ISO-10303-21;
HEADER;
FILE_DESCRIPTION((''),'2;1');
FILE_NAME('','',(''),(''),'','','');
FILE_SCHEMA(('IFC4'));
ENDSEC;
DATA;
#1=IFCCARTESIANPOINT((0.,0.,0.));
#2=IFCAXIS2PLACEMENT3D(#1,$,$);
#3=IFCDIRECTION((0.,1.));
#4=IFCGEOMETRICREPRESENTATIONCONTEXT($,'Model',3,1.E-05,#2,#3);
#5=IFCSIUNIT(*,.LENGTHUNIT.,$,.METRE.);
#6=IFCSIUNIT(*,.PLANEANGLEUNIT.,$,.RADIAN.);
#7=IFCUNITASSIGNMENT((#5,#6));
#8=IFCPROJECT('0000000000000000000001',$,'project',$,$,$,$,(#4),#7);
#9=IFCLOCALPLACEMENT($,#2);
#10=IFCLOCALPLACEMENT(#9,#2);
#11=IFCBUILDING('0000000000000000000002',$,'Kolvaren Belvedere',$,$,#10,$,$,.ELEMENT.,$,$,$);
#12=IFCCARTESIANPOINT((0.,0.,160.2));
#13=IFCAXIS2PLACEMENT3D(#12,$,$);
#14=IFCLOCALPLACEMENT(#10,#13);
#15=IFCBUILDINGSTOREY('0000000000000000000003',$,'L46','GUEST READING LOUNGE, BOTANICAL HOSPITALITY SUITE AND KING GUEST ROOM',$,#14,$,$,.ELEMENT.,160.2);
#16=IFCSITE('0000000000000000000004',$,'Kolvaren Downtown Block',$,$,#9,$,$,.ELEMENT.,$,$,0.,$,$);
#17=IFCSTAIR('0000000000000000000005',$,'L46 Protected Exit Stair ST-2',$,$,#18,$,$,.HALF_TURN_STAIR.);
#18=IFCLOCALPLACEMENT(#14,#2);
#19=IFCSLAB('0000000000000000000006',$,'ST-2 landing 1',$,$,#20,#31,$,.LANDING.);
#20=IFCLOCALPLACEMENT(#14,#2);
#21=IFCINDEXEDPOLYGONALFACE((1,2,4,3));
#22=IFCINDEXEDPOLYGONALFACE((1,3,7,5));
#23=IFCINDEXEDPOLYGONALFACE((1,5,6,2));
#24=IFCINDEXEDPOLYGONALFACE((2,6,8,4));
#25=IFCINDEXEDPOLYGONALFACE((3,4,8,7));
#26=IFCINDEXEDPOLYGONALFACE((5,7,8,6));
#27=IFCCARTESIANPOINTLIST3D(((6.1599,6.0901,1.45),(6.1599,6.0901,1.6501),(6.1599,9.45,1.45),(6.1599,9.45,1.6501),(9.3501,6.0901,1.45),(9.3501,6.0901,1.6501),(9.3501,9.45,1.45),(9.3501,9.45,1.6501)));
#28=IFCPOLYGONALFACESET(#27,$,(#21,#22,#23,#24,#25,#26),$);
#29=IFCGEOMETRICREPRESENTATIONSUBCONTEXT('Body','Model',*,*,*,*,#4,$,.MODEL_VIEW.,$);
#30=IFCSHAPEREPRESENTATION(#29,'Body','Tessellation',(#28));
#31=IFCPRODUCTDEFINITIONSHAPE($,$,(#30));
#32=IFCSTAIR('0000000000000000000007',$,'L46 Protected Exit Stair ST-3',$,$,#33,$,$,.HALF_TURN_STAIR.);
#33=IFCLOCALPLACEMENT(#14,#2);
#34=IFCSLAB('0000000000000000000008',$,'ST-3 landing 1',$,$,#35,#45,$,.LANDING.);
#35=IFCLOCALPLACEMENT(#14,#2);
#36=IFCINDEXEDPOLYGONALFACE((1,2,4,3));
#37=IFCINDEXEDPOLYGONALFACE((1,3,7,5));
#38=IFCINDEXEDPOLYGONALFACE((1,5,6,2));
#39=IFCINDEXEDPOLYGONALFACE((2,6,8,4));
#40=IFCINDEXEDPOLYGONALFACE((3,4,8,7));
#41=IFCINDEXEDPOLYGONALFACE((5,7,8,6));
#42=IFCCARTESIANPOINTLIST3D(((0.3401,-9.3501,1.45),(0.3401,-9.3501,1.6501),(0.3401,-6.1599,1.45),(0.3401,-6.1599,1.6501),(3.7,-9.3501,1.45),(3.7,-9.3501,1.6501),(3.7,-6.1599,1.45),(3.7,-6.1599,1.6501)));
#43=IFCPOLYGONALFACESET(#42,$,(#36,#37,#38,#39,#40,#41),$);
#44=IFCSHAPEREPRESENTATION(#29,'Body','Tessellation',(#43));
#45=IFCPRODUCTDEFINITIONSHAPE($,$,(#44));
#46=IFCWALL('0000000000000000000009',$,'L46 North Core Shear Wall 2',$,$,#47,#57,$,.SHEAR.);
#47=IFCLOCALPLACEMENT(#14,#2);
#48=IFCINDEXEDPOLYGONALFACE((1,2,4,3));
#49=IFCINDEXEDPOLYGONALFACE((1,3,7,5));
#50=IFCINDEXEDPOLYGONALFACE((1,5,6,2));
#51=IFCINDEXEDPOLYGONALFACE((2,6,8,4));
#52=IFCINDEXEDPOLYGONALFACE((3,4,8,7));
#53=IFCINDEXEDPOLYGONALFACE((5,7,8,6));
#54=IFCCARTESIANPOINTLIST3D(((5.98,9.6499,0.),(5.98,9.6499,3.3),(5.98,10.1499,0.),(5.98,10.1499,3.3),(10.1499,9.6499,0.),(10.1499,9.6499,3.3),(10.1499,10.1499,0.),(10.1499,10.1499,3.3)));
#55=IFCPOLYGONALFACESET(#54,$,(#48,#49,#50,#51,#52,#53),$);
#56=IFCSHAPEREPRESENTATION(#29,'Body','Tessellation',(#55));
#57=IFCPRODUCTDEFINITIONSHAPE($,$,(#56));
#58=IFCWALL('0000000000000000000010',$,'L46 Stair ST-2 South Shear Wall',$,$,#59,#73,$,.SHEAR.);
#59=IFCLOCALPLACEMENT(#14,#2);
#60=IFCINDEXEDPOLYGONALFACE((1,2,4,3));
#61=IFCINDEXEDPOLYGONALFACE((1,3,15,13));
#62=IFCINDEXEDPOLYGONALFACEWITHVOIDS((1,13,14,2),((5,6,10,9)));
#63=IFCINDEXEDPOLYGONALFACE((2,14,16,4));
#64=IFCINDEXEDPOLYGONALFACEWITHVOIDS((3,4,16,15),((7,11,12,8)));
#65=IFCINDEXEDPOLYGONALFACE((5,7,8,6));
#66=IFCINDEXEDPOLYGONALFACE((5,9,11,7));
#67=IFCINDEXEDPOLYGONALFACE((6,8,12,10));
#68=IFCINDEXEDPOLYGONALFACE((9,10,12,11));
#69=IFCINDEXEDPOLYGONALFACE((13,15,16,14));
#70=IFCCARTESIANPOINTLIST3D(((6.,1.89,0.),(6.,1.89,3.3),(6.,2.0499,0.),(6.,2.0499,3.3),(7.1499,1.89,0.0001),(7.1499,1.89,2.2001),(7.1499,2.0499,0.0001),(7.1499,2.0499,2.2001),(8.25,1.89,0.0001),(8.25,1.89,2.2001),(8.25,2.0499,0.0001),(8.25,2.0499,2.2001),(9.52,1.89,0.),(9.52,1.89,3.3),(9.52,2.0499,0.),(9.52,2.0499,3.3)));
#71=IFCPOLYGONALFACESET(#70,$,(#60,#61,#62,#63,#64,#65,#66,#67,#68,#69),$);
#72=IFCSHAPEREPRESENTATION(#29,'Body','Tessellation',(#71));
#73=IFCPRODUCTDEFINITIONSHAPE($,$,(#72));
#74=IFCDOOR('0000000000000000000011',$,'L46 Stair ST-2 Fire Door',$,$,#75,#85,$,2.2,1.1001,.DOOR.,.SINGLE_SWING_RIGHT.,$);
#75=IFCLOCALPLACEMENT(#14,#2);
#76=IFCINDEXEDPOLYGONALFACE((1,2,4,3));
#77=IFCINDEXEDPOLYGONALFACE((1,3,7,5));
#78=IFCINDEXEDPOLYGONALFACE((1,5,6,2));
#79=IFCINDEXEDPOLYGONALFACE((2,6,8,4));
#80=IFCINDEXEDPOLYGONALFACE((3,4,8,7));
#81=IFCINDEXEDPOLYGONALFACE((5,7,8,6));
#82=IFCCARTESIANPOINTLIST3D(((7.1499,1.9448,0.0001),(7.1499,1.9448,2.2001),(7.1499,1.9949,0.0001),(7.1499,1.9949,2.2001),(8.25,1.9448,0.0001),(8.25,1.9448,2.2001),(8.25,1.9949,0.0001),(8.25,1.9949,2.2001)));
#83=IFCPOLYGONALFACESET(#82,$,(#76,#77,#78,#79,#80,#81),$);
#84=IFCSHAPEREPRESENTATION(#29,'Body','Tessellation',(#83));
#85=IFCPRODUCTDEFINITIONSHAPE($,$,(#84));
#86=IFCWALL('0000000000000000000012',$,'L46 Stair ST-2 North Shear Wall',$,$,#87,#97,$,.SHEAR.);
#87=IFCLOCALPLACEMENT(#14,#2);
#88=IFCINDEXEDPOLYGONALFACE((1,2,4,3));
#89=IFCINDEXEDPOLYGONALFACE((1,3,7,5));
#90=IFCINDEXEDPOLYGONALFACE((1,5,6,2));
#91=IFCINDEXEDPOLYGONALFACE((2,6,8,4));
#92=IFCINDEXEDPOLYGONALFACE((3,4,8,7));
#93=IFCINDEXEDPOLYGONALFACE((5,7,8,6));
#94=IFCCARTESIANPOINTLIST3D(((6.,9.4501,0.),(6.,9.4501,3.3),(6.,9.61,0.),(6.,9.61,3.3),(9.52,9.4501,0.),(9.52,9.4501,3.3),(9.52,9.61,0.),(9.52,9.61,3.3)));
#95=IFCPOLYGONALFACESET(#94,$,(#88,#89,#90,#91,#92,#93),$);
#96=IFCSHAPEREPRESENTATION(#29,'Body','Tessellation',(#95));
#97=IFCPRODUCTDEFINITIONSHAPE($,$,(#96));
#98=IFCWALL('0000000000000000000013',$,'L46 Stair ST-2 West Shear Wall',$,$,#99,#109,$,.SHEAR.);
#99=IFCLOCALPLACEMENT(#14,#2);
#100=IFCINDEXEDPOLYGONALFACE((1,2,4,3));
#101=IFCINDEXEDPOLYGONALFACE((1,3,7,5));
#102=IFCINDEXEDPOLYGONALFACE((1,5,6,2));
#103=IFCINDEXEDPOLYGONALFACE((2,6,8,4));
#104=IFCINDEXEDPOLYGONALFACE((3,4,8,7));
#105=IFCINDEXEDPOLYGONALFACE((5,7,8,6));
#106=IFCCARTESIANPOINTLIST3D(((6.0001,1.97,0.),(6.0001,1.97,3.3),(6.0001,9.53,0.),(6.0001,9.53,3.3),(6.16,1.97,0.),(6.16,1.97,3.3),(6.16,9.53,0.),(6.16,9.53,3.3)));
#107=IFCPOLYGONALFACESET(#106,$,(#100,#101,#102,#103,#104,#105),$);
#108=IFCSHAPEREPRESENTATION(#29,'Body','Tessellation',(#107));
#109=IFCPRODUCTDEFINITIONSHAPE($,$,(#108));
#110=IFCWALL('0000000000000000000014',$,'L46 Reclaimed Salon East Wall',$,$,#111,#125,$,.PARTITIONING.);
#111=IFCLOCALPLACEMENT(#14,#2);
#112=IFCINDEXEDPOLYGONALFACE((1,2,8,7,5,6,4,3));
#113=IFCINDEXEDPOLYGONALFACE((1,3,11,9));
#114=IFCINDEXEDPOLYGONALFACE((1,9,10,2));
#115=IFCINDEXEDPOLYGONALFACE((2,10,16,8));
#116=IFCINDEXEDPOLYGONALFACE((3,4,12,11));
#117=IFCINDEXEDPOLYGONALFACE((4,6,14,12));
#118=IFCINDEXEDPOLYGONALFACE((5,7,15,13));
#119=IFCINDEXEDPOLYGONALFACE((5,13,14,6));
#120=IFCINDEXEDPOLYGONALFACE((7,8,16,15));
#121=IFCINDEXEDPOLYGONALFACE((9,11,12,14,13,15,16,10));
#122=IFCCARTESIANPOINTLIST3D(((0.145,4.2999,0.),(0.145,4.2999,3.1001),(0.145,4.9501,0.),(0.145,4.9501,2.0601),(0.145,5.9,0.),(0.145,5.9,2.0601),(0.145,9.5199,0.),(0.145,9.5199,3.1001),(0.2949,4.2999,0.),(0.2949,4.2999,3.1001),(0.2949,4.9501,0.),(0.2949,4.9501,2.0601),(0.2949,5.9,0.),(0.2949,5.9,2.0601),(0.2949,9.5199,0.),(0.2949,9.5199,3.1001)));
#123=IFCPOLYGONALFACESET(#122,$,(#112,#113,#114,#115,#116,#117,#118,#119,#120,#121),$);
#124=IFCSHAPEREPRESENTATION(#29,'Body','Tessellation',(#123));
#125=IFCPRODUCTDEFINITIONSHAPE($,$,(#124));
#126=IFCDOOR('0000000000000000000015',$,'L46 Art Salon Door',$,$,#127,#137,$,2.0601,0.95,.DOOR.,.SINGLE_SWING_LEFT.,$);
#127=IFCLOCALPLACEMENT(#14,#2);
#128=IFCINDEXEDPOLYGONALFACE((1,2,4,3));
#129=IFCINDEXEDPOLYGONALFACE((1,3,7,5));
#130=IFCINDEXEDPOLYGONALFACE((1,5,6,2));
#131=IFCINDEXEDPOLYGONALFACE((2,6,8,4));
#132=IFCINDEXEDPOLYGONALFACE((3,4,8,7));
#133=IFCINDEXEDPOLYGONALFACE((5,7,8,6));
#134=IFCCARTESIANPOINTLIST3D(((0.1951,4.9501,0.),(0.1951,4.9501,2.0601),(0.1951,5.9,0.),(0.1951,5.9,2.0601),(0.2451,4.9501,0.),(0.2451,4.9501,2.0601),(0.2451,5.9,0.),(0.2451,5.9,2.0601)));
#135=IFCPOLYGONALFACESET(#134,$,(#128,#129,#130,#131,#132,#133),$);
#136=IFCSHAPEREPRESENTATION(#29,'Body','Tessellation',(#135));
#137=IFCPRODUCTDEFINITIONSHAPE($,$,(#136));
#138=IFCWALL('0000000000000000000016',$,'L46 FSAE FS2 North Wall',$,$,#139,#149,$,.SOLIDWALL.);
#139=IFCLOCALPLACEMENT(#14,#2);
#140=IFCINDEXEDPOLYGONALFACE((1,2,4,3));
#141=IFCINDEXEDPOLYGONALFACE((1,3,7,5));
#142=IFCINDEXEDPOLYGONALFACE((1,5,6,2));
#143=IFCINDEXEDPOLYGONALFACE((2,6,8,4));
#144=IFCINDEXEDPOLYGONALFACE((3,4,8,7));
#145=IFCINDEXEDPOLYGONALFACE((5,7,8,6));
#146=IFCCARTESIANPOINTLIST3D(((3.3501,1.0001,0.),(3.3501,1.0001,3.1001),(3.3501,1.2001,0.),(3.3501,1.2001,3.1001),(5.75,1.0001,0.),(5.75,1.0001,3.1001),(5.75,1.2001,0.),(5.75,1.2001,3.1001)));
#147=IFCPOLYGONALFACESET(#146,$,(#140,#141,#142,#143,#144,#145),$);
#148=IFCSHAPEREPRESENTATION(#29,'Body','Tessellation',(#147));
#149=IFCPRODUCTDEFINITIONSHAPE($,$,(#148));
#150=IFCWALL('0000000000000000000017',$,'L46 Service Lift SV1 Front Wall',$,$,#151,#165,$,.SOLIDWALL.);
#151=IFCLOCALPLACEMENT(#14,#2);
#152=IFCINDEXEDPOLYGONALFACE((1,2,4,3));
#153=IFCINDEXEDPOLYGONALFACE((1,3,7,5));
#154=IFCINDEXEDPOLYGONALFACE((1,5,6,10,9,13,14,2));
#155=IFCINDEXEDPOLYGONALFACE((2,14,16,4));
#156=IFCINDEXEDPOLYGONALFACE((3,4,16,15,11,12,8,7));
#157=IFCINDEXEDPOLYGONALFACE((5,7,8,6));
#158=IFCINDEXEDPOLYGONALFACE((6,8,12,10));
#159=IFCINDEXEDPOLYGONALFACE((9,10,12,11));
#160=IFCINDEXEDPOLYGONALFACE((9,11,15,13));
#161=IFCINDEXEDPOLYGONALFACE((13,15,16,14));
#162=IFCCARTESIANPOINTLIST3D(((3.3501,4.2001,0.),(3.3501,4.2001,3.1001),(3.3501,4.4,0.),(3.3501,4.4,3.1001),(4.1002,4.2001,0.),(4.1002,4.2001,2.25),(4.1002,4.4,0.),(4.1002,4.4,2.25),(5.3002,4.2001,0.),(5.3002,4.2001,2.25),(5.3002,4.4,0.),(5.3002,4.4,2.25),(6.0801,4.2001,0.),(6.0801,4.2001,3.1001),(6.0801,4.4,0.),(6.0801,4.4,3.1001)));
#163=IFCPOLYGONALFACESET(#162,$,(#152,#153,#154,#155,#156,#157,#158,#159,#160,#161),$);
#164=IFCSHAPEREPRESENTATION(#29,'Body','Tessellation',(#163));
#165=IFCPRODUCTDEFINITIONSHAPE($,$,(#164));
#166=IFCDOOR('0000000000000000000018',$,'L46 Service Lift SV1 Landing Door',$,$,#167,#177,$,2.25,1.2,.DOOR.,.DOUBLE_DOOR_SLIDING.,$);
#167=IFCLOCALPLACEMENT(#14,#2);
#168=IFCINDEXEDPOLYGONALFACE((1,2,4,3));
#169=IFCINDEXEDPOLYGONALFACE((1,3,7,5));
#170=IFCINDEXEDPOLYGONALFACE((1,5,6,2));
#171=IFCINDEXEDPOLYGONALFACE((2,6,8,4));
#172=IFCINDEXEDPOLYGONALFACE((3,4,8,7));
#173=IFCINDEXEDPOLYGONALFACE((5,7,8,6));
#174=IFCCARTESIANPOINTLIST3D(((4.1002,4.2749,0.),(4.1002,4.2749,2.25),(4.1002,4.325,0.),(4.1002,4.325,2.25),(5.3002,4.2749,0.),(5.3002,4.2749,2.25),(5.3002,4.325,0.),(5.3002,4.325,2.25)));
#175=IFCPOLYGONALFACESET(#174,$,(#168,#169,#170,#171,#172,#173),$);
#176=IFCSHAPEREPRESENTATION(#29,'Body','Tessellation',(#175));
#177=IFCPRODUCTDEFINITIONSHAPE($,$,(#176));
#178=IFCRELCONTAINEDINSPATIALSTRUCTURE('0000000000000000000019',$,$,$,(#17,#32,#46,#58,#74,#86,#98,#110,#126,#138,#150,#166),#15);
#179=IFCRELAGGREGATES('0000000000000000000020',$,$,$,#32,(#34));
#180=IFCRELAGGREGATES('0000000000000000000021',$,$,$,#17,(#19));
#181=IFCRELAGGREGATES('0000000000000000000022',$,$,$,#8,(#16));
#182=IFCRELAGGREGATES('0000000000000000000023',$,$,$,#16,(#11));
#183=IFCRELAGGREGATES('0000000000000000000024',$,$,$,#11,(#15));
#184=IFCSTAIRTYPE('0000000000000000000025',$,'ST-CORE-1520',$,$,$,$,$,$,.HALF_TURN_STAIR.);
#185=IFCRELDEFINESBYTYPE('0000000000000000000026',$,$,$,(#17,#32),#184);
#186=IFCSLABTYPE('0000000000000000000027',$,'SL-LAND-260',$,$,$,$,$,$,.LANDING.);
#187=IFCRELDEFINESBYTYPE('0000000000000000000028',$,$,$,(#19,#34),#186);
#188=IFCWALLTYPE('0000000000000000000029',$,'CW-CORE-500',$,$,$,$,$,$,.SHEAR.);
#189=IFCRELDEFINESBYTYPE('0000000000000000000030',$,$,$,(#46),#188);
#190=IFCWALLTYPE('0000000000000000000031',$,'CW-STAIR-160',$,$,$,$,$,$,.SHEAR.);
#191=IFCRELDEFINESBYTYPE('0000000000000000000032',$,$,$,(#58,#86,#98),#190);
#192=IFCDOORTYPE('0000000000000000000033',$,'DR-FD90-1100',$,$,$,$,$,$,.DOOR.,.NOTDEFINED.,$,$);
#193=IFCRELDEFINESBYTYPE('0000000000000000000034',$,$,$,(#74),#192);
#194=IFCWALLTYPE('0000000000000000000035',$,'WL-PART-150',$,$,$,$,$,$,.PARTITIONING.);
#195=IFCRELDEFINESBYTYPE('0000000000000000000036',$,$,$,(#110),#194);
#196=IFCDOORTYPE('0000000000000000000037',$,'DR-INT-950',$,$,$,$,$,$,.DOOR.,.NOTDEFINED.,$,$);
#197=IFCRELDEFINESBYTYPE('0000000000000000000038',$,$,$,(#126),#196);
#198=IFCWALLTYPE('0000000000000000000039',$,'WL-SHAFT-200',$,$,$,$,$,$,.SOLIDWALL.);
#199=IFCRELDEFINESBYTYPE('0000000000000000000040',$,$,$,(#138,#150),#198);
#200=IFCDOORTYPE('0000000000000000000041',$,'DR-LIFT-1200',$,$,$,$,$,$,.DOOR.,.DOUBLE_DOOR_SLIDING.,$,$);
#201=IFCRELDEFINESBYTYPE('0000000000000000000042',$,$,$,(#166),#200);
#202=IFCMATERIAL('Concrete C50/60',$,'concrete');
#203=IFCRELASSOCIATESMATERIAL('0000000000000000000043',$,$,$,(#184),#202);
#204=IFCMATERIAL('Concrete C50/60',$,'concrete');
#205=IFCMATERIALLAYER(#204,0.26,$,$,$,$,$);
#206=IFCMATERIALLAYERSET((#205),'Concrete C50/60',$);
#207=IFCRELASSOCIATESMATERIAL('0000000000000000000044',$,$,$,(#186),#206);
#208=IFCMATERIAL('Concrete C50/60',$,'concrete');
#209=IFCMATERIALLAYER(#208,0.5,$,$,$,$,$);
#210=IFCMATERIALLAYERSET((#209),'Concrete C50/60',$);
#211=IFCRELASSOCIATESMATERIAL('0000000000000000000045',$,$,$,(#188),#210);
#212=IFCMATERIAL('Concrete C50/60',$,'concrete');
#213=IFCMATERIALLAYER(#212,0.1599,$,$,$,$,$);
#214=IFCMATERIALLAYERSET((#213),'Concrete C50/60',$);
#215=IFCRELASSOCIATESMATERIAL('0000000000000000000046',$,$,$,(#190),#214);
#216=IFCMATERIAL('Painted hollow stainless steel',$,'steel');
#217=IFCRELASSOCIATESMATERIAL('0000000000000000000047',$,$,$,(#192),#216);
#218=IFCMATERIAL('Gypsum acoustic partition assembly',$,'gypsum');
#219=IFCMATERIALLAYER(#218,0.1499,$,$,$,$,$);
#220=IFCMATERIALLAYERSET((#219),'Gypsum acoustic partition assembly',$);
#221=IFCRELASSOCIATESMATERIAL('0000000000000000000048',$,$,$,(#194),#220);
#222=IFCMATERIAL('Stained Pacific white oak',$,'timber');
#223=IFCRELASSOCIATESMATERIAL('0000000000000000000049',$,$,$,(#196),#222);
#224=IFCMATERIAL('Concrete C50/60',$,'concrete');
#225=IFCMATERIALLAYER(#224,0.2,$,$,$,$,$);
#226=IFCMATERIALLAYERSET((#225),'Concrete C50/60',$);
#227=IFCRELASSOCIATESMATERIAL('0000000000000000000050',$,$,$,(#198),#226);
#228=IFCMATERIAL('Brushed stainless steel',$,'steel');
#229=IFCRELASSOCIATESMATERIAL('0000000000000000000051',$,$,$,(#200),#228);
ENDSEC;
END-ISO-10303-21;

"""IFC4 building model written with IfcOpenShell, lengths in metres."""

from ifc_helpers import new_model, si_unit, direction, frame, frame_2d, origin, place, context, subcontext, project, spatial, polyline, rectangle, outline, extrude, material, layer, layer_set, type_object, element, fill, aggregate, save


model = new_model("IFC4")

# Units and contexts
model_context = context("Model", 3, precision=1e-05, world=origin(), true_north=direction((0.0, 1.0)))
body_context = subcontext(model_context, "Body", "Model", "MODEL_VIEW")
ifc_project = project(units=[si_unit("LENGTHUNIT", "METRE"), si_unit("PLANEANGLEUNIT", "RADIAN")], contexts=[model_context])

# Site, building, storey
site_placement = place(None, origin())
site = spatial("IfcSite", under=ifc_project, at=site_placement, Name="Kolvaren Downtown Block", CompositionType="ELEMENT", RefElevation=0.0)
building_placement = place(site_placement, origin())
building = spatial("IfcBuilding", under=site, at=building_placement, Name="Kolvaren Belvedere", CompositionType="ELEMENT")
storey_placement = place(building_placement, frame((0.0, 0.0, 160.2)))
storey = spatial("IfcBuildingStorey", under=building, at=storey_placement, Name="L46", Description="GUEST READING LOUNGE, BOTANICAL HOSPITALITY SUITE AND KING GUEST ROOM", CompositionType="ELEMENT", Elevation=160.2)

# Stairs, slabs
ifc_material_1 = material(Name="Concrete C50/60", Category="concrete")
stair_type = type_object("IfcStairType", Name="ST-CORE-1520", PredefinedType="HALF_TURN_STAIR", material=ifc_material_1)
ifc_material_2 = material(Name="Concrete C50/60", Category="concrete")
ifc_layer_1 = layer(ifc_material_2, 0.26)
ifc_layer_set_1 = layer_set([ifc_layer_1], Name="Concrete C50/60")
slab_type = type_object("IfcSlabType", Name="SL-LAND-260", PredefinedType="LANDING", material=ifc_layer_set_1)
stair_1_placement = place(storey_placement, origin())
stair_1 = element("IfcStair", 1, at=stair_1_placement, inside=storey, type_object=stair_type, Name="L46 Protected Exit Stair ST-2", PredefinedType="HALF_TURN_STAIR")
slab_1_placement = place(storey_placement, frame((0.0, 0.0, 1.45)))
slab_1 = element("IfcSlab", 2, at=slab_1_placement, type_object=slab_type, Name="ST-2 landing 1", PredefinedType="LANDING", context=body_context, shape_type="SweptSolid", body=[
    extrude(outline(polyline([(9.3501, 6.0901), (9.3501, 9.45), (6.1599, 9.45), (6.1599, 6.0901), (9.3501, 6.0901)])), origin(), (0.0, 0.0, 1.0), 0.2002),
])
stair_2_placement = place(storey_placement, origin())
stair_2 = element("IfcStair", 3, at=stair_2_placement, inside=storey, type_object=stair_type, Name="L46 Protected Exit Stair ST-3", PredefinedType="HALF_TURN_STAIR")
slab_2_placement = place(storey_placement, frame((0.0, 0.0, 1.45)))
slab_2 = element("IfcSlab", 4, at=slab_2_placement, type_object=slab_type, Name="ST-3 landing 1", PredefinedType="LANDING", context=body_context, shape_type="SweptSolid", body=[
    extrude(outline(polyline([(0.3401, -9.3501), (3.7, -9.3501), (3.7, -6.1599), (0.3401, -6.1599), (0.3401, -9.3501)])), origin(), (0.0, 0.0, 1.0), 0.2002),
])
aggregate(stair_2, [slab_2])

# Wall
ifc_material_3 = material(Name="Concrete C50/60", Category="concrete")
ifc_layer_2 = layer(ifc_material_3, 0.5)
ifc_layer_set_2 = layer_set([ifc_layer_2], Name="Concrete C50/60")
wall_type_1 = type_object("IfcWallType", Name="CW-CORE-500", PredefinedType="SHEAR", material=ifc_layer_set_2)
wall_1_placement = place(storey_placement, frame((5.98, 9.8999, 0.0), z_axis=(0.0, 0.0, 1.0), x_axis=(1.0, 0.0, 0.0)))
element("IfcWall", 5, at=wall_1_placement, inside=storey, type_object=wall_type_1, Name="L46 North Core Shear Wall 2", PredefinedType="SHEAR", context=body_context, shape_type="SweptSolid", body=[
    extrude(rectangle(XDim=4.1699, YDim=0.5, at=frame_2d((2.085, 0.0))), origin(), (0.0, 0.0, 1.0), 3.3),
])

# Wall, opening, door
ifc_material_4 = material(Name="Concrete C50/60", Category="concrete")
ifc_layer_3 = layer(ifc_material_4, 0.1599)
ifc_layer_set_3 = layer_set([ifc_layer_3], Name="Concrete C50/60")
wall_type_2 = type_object("IfcWallType", Name="CW-STAIR-160", PredefinedType="SHEAR", material=ifc_layer_set_3)
wall_2_placement = place(storey_placement, frame((6.0, 1.97, 0.0), z_axis=(0.0, 0.0, 1.0), x_axis=(1.0, 0.0, 0.0)))
wall_2 = element("IfcWall", 6, at=wall_2_placement, inside=storey, type_object=wall_type_2, Name="L46 Stair ST-2 South Shear Wall", PredefinedType="SHEAR", context=body_context, shape_type="SweptSolid", body=[
    extrude(rectangle(XDim=3.52, YDim=0.1599, at=frame_2d((1.76, 0.0))), origin(), (0.0, 0.0, 1.0), 3.3),
])
opening_1_placement = place(wall_2_placement, frame((1.1499, 0.0, 0.0)))
opening_1 = element("IfcOpeningElement", 7, at=opening_1_placement, cuts=wall_2, PredefinedType="OPENING", context=body_context, shape_type="SweptSolid", body=[
    extrude(rectangle(XDim=1.1001, YDim=2.2, at=frame_2d((0.55, 1.1001))), frame((0.0, 0.0898, 0.0), z_axis=(0.0, -1.0, 0.0), x_axis=(1.0, 0.0, 0.0)), (0.0, 0.0, 1.0), 0.1799),
])
ifc_material_5 = material(Name="Painted hollow stainless steel", Category="steel")
door_type_1 = type_object("IfcDoorType", Name="DR-FD90-1100", OperationType="NOTDEFINED", PredefinedType="DOOR", material=ifc_material_5)
door_1_placement = place(opening_1_placement, origin())
door_1 = element("IfcDoor", 8, at=door_1_placement, inside=storey, type_object=door_type_1, Name="L46 Stair ST-2 Fire Door", OperationType="SINGLE_SWING_RIGHT", OverallHeight=2.2, OverallWidth=1.1001, PredefinedType="DOOR", context=body_context, shape_type="SweptSolid", body=[
    extrude(rectangle(XDim=1.1001, YDim=2.2, at=frame_2d((0.55, 1.1001))), frame((0.0, 0.0249, 0.0), z_axis=(0.0, -1.0, 0.0), x_axis=(1.0, 0.0, 0.0)), (0.0, 0.0, 1.0), 0.05),
])
fill(opening_1, door_1)

# Walls
wall_3_placement = place(storey_placement, frame((6.0, 9.53, 0.0), z_axis=(0.0, 0.0, 1.0), x_axis=(1.0, 0.0, 0.0)))
element("IfcWall", 9, at=wall_3_placement, inside=storey, type_object=wall_type_2, Name="L46 Stair ST-2 North Shear Wall", PredefinedType="SHEAR", context=body_context, shape_type="SweptSolid", body=[
    extrude(rectangle(XDim=3.52, YDim=0.1599, at=frame_2d((1.76, 0.0))), origin(), (0.0, 0.0, 1.0), 3.3),
])
wall_4_placement = place(storey_placement, frame((6.0801, 1.97, 0.0), z_axis=(0.0, 0.0, 1.0), x_axis=(0.0, 1.0, 0.0)))
element("IfcWall", 10, at=wall_4_placement, inside=storey, type_object=wall_type_2, Name="L46 Stair ST-2 West Shear Wall", PredefinedType="SHEAR", context=body_context, shape_type="SweptSolid", body=[
    extrude(rectangle(XDim=7.5601, YDim=0.1599, at=frame_2d((3.78, 0.0))), origin(), (0.0, 0.0, 1.0), 3.3),
])

# Wall, opening, door
ifc_material_6 = material(Name="Gypsum acoustic partition assembly", Category="gypsum")
ifc_layer_4 = layer(ifc_material_6, 0.1499)
ifc_layer_set_4 = layer_set([ifc_layer_4], Name="Gypsum acoustic partition assembly")
wall_type_3 = type_object("IfcWallType", Name="WL-PART-150", PredefinedType="PARTITIONING", material=ifc_layer_set_4)
wall_5_placement = place(storey_placement, frame((0.22, 4.3, 0.0), z_axis=(0.0, 0.0, 1.0), x_axis=(0.0, 1.0, 0.0)))
wall_5 = element("IfcWall", 11, at=wall_5_placement, inside=storey, type_object=wall_type_3, Name="L46 Reclaimed Salon East Wall", PredefinedType="PARTITIONING", context=body_context, shape_type="SweptSolid", body=[
    extrude(rectangle(XDim=5.22, YDim=0.1499, at=frame_2d((2.6099, 0.0))), origin(), (0.0, 0.0, 1.0), 3.1001),
])
opening_2_placement = place(wall_5_placement, frame((0.6499, 0.0, 0.0)))
opening_2 = element("IfcOpeningElement", 12, at=opening_2_placement, cuts=wall_5, PredefinedType="OPENING", context=body_context, shape_type="SweptSolid", body=[
    extrude(rectangle(XDim=0.95, YDim=2.0601, at=frame_2d((0.4751, 1.03))), frame((0.0, 0.085, 0.0), z_axis=(0.0, -1.0, 0.0), x_axis=(1.0, 0.0, 0.0)), (0.0, 0.0, 1.0), 0.1699),
])
ifc_material_7 = material(Name="Stained Pacific white oak", Category="timber")
door_type_2 = type_object("IfcDoorType", Name="DR-INT-950", OperationType="NOTDEFINED", PredefinedType="DOOR", material=ifc_material_7)
door_2_placement = place(opening_2_placement, origin())
door_2 = element("IfcDoor", 13, at=door_2_placement, inside=storey, type_object=door_type_2, Name="L46 Art Salon Door", OperationType="SINGLE_SWING_LEFT", OverallHeight=2.0601, OverallWidth=0.95, PredefinedType="DOOR", context=body_context, shape_type="SweptSolid", body=[
    extrude(rectangle(XDim=0.95, YDim=2.0601, at=frame_2d((0.4751, 1.03))), frame((0.0, 0.0249, 0.0), z_axis=(0.0, -1.0, 0.0), x_axis=(1.0, 0.0, 0.0)), (0.0, 0.0, 1.0), 0.05),
])
fill(opening_2, door_2)

# Wall
ifc_material_8 = material(Name="Concrete C50/60", Category="concrete")
ifc_layer_5 = layer(ifc_material_8, 0.2)
ifc_layer_set_5 = layer_set([ifc_layer_5], Name="Concrete C50/60")
wall_type_4 = type_object("IfcWallType", Name="WL-SHAFT-200", PredefinedType="SOLIDWALL", material=ifc_layer_set_5)
wall_6_placement = place(storey_placement, frame((3.3501, 1.1001, 0.0), z_axis=(0.0, 0.0, 1.0), x_axis=(1.0, 0.0, 0.0)))
element("IfcWall", 14, at=wall_6_placement, inside=storey, type_object=wall_type_4, Name="L46 FSAE FS2 North Wall", PredefinedType="SOLIDWALL", context=body_context, shape_type="SweptSolid", body=[
    extrude(rectangle(XDim=2.3999, YDim=0.2, at=frame_2d((1.2, 0.0))), origin(), (0.0, 0.0, 1.0), 3.1001),
])

# Wall, opening, door
wall_7_placement = place(storey_placement, frame((3.3501, 4.3, 0.0), z_axis=(0.0, 0.0, 1.0), x_axis=(1.0, 0.0, 0.0)))
wall_7 = element("IfcWall", 15, at=wall_7_placement, inside=storey, type_object=wall_type_4, Name="L46 Service Lift SV1 Front Wall", PredefinedType="SOLIDWALL", context=body_context, shape_type="SweptSolid", body=[
    extrude(rectangle(XDim=2.73, YDim=0.2, at=frame_2d((1.365, 0.0))), origin(), (0.0, 0.0, 1.0), 3.1001),
])
opening_3_placement = place(wall_7_placement, frame((0.75, 0.0, 0.0)))
opening_3 = element("IfcOpeningElement", 16, at=opening_3_placement, cuts=wall_7, PredefinedType="OPENING", context=body_context, shape_type="SweptSolid", body=[
    extrude(rectangle(XDim=1.2, YDim=2.25, at=frame_2d((0.6001, 1.125))), frame((0.0, 0.1099, 0.0), z_axis=(0.0, -1.0, 0.0), x_axis=(1.0, 0.0, 0.0)), (0.0, 0.0, 1.0), 0.22),
])
ifc_material_9 = material(Name="Brushed stainless steel", Category="steel")
door_type_3 = type_object("IfcDoorType", Name="DR-LIFT-1200", OperationType="DOUBLE_DOOR_SLIDING", PredefinedType="DOOR", material=ifc_material_9)
door_3_placement = place(opening_3_placement, origin())
door_3 = element("IfcDoor", 17, at=door_3_placement, inside=storey, type_object=door_type_3, Name="L46 Service Lift SV1 Landing Door", OperationType="DOUBLE_DOOR_SLIDING", OverallHeight=2.25, OverallWidth=1.2, PredefinedType="DOOR", context=body_context, shape_type="SweptSolid", body=[
    extrude(rectangle(XDim=1.2, YDim=2.25, at=frame_2d((0.6001, 1.125))), frame((0.0, 0.0249, 0.0), z_axis=(0.0, -1.0, 0.0), x_axis=(1.0, 0.0, 0.0)), (0.0, 0.0, 1.0), 0.05),
])
fill(opening_3, door_3)

aggregate(stair_1, [slab_1])

save(model, "model.ifc")
